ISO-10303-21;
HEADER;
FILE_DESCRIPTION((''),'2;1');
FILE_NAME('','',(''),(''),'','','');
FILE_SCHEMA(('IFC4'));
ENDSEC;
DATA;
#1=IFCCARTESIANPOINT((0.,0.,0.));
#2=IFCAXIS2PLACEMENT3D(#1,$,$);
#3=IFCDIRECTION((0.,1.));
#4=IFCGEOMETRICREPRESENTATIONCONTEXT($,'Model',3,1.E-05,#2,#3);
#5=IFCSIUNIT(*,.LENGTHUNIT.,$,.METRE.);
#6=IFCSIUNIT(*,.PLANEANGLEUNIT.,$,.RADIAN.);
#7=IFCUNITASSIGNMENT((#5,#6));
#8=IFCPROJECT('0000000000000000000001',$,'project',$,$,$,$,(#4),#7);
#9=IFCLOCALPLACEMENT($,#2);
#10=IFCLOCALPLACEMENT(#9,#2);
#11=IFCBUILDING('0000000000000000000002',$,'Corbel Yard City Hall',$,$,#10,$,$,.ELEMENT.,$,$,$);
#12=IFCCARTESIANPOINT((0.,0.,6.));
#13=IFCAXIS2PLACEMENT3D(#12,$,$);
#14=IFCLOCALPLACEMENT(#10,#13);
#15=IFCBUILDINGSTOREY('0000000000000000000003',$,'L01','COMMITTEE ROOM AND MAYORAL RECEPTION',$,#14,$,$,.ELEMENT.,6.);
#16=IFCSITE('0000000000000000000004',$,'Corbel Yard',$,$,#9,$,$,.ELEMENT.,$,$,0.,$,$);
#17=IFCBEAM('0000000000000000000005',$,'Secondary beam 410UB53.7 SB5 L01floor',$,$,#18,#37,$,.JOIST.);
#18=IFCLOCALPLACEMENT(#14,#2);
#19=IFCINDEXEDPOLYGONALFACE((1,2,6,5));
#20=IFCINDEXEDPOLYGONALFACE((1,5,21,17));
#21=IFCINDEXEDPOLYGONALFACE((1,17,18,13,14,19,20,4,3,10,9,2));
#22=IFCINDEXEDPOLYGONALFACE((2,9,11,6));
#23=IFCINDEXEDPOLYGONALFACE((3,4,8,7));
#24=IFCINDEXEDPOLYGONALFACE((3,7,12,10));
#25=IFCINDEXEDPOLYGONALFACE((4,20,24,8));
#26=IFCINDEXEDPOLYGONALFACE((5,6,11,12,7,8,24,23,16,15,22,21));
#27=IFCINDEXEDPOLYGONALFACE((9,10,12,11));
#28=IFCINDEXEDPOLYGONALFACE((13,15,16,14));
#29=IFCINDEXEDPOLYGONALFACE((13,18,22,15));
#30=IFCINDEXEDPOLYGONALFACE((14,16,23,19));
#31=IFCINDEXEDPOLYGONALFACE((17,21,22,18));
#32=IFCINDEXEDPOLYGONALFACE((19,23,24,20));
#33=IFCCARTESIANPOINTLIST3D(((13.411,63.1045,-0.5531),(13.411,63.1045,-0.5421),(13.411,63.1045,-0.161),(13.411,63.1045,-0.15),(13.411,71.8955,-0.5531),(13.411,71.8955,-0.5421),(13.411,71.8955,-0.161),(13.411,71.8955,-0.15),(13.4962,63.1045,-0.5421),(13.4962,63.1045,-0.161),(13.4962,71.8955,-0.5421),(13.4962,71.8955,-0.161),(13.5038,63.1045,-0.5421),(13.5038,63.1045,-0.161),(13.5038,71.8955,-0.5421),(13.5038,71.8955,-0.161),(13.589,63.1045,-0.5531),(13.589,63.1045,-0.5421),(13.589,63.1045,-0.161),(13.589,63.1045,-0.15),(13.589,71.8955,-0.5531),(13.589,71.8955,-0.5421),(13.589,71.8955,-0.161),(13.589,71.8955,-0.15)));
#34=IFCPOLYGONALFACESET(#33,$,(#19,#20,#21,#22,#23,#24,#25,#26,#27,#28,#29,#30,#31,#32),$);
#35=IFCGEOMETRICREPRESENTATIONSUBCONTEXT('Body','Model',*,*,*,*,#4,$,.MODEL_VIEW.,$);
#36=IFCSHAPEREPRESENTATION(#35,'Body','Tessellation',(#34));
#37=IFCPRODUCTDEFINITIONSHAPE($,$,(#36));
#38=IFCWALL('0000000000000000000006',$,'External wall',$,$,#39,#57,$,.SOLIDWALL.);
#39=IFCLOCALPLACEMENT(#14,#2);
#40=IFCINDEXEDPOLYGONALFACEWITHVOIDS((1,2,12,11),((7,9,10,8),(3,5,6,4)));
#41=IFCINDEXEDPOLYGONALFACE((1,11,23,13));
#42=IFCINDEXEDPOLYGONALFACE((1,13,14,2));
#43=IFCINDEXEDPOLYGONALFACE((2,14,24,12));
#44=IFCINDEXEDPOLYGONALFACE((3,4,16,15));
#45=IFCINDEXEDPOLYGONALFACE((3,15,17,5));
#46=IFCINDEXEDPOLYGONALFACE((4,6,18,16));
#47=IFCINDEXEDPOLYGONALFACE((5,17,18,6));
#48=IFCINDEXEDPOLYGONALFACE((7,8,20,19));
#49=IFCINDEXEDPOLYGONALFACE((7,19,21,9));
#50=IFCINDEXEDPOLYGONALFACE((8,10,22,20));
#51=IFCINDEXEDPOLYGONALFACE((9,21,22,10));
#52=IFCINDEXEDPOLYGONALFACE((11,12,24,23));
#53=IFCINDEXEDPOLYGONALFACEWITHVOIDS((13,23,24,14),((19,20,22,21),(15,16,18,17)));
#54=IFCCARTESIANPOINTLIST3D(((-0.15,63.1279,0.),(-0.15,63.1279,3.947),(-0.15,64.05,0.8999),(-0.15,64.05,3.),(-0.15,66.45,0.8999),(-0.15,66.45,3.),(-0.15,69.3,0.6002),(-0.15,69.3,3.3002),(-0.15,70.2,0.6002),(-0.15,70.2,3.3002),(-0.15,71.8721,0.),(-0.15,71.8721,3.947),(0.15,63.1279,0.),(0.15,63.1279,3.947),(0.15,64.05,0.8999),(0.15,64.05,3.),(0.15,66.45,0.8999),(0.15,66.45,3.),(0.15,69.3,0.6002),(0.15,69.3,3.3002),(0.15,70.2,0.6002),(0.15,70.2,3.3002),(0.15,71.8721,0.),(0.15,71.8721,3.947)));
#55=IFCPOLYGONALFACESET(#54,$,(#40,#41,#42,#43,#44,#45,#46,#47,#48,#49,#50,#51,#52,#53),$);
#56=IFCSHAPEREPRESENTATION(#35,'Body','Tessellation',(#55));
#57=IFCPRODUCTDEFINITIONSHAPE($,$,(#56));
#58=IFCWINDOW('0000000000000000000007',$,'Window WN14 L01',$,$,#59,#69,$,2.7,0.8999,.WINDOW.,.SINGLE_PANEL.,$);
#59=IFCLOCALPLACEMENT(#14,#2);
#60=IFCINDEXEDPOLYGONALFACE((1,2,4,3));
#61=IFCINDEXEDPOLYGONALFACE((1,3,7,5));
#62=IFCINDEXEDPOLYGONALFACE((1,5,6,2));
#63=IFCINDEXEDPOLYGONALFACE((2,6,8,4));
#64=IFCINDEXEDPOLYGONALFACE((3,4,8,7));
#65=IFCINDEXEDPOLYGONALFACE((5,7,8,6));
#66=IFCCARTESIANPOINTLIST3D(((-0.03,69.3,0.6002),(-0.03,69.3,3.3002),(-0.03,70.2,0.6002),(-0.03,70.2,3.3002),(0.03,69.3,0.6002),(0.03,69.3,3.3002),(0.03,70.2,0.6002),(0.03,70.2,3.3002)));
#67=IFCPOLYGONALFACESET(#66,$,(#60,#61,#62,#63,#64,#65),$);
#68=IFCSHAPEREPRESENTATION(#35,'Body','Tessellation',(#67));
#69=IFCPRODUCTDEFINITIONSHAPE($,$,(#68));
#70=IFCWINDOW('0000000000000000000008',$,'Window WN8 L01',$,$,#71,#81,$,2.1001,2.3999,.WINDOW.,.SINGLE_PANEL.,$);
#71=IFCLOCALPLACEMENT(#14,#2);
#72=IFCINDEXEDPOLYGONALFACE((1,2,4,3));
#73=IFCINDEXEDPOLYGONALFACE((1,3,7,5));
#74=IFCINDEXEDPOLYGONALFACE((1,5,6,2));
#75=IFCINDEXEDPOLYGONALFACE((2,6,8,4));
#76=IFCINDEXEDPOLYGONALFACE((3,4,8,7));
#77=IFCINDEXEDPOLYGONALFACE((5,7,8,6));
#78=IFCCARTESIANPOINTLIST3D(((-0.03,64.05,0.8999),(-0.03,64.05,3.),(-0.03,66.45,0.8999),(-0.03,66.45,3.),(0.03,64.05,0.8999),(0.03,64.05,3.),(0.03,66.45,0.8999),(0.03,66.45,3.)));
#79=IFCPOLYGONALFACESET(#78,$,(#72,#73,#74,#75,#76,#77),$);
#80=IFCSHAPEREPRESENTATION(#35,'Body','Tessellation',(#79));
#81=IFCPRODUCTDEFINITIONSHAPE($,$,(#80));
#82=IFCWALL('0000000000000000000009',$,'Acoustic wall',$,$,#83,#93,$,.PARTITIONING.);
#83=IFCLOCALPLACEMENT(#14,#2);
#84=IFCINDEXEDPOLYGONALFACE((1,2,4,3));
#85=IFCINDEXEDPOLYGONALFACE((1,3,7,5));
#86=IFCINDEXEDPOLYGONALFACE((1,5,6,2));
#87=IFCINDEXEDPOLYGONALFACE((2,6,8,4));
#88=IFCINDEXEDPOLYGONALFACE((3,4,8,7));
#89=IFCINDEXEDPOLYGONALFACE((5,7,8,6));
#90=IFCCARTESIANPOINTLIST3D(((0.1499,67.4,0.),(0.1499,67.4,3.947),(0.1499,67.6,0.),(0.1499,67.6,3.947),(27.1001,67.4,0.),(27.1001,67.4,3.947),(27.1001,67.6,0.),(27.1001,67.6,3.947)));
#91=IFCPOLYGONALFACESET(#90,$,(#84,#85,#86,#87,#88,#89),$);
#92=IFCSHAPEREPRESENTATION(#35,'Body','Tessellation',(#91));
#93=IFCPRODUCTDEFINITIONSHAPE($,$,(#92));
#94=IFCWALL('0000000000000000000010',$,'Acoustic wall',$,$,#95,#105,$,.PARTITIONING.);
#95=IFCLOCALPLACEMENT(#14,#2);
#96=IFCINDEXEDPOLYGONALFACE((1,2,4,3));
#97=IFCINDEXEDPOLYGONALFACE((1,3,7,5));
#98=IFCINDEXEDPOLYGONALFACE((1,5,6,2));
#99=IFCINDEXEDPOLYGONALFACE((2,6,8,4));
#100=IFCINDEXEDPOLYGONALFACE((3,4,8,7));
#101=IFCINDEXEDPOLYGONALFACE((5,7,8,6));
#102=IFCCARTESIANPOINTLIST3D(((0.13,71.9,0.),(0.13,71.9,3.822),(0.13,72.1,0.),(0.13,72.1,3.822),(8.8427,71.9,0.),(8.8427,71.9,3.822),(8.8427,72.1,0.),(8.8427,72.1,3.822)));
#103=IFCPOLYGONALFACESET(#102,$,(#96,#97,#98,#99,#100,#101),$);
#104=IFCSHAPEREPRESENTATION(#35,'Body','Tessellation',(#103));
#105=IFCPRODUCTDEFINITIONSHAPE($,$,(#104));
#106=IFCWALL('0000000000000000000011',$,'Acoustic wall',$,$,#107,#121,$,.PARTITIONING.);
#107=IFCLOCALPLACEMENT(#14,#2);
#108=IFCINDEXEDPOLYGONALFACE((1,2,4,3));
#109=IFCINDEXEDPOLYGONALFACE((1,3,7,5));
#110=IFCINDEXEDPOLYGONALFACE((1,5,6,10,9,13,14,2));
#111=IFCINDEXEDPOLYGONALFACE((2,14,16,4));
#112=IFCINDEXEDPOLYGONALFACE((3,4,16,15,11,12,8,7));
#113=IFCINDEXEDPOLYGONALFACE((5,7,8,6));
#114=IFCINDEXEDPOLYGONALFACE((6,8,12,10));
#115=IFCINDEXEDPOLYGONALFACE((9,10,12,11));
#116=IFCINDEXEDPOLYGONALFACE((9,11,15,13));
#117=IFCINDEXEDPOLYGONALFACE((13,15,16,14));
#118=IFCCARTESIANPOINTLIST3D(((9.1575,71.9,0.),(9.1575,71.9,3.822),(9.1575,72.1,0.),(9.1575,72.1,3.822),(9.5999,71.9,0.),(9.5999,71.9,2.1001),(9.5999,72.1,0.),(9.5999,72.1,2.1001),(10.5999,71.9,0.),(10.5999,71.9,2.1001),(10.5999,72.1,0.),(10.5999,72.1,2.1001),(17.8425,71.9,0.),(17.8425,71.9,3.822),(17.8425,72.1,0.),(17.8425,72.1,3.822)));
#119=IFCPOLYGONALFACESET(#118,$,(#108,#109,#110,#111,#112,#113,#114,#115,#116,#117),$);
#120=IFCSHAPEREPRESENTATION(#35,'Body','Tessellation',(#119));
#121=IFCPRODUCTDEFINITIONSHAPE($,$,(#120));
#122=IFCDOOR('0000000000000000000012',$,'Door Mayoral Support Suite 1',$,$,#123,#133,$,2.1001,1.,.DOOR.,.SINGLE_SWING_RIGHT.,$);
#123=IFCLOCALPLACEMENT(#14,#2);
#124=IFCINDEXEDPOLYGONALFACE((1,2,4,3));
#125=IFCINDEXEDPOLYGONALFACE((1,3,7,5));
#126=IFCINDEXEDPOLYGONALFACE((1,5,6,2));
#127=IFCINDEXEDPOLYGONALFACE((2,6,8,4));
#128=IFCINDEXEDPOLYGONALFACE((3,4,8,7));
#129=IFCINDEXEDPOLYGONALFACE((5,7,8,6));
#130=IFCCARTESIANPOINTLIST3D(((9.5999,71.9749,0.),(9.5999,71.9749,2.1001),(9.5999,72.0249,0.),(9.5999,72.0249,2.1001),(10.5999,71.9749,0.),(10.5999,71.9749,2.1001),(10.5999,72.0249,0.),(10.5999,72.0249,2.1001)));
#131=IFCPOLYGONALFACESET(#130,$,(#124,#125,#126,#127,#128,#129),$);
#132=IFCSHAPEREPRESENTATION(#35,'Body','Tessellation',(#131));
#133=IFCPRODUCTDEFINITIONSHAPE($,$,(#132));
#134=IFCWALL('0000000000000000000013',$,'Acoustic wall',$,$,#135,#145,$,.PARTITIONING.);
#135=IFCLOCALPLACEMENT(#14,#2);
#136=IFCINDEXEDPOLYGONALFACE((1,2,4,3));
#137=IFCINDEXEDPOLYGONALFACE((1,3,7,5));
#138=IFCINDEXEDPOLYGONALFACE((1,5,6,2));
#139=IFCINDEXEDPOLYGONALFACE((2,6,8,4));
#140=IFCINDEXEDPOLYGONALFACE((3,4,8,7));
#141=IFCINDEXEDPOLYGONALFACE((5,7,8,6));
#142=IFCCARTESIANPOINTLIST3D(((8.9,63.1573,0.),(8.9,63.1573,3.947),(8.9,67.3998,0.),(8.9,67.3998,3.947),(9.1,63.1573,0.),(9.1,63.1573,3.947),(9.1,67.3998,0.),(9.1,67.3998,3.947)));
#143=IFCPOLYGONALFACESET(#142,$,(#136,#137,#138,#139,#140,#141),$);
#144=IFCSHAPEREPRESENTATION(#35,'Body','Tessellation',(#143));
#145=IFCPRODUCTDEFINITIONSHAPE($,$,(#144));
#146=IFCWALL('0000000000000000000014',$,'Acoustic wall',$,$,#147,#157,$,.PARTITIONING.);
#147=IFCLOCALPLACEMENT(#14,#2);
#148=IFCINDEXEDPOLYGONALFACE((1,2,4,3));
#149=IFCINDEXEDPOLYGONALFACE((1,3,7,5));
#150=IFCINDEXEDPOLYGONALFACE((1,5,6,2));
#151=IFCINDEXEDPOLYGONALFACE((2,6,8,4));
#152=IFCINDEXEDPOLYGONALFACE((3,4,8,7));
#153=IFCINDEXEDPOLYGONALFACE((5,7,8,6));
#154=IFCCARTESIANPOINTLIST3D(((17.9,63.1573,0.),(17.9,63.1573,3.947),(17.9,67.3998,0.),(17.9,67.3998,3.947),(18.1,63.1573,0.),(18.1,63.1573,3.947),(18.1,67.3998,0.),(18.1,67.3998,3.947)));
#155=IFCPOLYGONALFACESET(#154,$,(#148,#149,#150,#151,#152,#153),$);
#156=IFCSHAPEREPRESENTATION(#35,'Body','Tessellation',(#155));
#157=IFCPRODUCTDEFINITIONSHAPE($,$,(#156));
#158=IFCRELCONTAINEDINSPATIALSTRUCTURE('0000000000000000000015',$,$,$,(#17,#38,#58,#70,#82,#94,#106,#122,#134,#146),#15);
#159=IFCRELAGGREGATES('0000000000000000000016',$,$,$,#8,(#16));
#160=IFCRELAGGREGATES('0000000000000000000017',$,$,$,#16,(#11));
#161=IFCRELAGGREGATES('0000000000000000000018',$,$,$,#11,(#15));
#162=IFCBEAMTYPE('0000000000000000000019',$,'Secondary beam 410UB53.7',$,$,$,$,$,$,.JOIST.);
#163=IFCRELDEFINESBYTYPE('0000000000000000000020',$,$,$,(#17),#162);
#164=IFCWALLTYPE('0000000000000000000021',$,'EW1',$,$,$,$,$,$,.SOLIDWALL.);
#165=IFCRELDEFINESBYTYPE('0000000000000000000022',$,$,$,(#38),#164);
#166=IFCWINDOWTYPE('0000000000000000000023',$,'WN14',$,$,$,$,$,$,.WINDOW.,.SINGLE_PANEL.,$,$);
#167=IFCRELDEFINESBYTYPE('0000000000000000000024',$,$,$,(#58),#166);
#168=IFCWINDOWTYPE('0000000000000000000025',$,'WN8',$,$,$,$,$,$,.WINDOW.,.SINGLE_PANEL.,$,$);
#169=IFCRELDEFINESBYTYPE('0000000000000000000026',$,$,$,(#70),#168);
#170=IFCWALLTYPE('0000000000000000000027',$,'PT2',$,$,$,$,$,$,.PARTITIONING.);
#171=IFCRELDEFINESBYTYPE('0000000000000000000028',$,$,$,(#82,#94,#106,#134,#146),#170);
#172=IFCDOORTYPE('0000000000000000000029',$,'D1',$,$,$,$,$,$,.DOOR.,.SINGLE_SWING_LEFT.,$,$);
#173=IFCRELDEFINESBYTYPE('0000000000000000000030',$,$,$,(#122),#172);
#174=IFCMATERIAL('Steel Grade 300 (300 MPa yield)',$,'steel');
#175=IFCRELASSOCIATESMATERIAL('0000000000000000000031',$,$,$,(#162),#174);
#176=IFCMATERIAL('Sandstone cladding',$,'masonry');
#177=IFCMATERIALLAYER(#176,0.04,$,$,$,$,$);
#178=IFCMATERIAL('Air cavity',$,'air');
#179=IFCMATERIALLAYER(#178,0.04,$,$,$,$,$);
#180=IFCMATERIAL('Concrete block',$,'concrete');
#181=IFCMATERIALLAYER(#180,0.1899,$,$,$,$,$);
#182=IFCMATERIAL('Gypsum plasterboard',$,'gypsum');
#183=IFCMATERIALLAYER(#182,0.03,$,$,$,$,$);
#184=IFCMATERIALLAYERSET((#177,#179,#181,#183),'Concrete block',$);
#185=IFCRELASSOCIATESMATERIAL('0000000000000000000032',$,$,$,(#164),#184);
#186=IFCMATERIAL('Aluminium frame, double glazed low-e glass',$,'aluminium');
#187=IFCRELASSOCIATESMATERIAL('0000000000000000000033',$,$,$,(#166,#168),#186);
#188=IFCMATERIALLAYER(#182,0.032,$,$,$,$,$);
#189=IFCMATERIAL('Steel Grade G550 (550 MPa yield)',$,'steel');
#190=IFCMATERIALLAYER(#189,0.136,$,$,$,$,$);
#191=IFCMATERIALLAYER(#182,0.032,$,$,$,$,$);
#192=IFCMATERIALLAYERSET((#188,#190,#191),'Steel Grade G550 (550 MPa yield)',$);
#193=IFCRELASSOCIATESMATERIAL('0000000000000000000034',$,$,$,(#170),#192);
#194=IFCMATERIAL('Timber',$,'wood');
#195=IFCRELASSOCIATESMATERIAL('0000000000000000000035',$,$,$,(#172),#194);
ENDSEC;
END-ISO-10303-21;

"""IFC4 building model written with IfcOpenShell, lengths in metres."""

from ifc_helpers import new_model, si_unit, direction, frame, frame_2d, origin, origin_2d, place, context, subcontext, project, spatial, rectangle, i_section, extrude, material, layer, layer_set, material_profile, profile_set, type_object, element, fill, save


model = new_model("IFC4")

# Units and contexts
model_context = context("Model", 3, precision=1e-05, world=origin(), true_north=direction((0.0, 1.0)))
body_context = subcontext(model_context, "Body", "Model", "MODEL_VIEW")
ifc_project = project(units=[si_unit("LENGTHUNIT", "METRE"), si_unit("PLANEANGLEUNIT", "RADIAN")], contexts=[model_context])

# Site, building, storey
site_placement = place(None, origin())
site = spatial("IfcSite", under=ifc_project, at=site_placement, Name="Corbel Yard", CompositionType="ELEMENT", RefElevation=0.0)
building_placement = place(site_placement, origin())
building = spatial("IfcBuilding", under=site, at=building_placement, Name="Corbel Yard City Hall", CompositionType="ELEMENT")
storey_placement = place(building_placement, frame((0.0, 0.0, 6.0)))
storey = spatial("IfcBuildingStorey", under=building, at=storey_placement, Name="L01", Description="COMMITTEE ROOM AND MAYORAL RECEPTION", CompositionType="ELEMENT", Elevation=6.0)

# Shared definitions
ifc_material_1 = material(Name="Steel Grade 300 (300 MPa yield)", Category="steel")

# Beam
ifc_material_profile_1 = material_profile(ifc_material_1, i_section(OverallWidth=0.178, OverallDepth=0.4031, WebThickness=0.0076, FlangeThickness=0.011, at=origin_2d()), Name="410UB53.7")
ifc_profile_set_1 = profile_set([ifc_material_profile_1], Name="Steel Grade 300 (300 MPa yield)")
beam_type_1 = type_object("IfcBeamType", Name="Secondary beam 410UB53.7", PredefinedType="JOIST", material=ifc_profile_set_1)
for number, where, z_axis, x_axis, name in (
    (1, (13.5, 63.1045, -0.3516), (0.0, 1.0, 0.0), (-1.0, 0.0, 0.0), "Secondary beam 410UB53.7 SB5 L01floor"),
):
    element("IfcBeam", number, at=place(storey_placement, frame(where, z_axis=z_axis, x_axis=x_axis)), inside=storey, type_object=beam_type_1, Name=name, PredefinedType="JOIST", context=body_context, shape_type="SweptSolid", body=[
        extrude(i_section(OverallWidth=0.178, OverallDepth=0.4031, WebThickness=0.0076, FlangeThickness=0.011, at=origin_2d()), origin(), (0.0, 0.0, 1.0), 8.791),
    ])

# Wall, openings, windows
ifc_material_2 = material(Name="Sandstone cladding", Category="masonry")
ifc_layer_1 = layer(ifc_material_2, 0.04)
ifc_material_3 = material(Name="Air cavity", Category="air")
ifc_layer_2 = layer(ifc_material_3, 0.04)
ifc_material_4 = material(Name="Concrete block", Category="concrete")
ifc_layer_3 = layer(ifc_material_4, 0.1899)
ifc_material_5 = material(Name="Gypsum plasterboard", Category="gypsum")
ifc_layer_4 = layer(ifc_material_5, 0.03)
ifc_layer_set_1 = layer_set([ifc_layer_1, ifc_layer_2, ifc_layer_3, ifc_layer_4], Name="Concrete block")
wall_type_1 = type_object("IfcWallType", Name="EW1", PredefinedType="SOLIDWALL", material=ifc_layer_set_1)
wall_1_placement = place(storey_placement, frame((0.0, 63.1279, 0.0), z_axis=(0.0, 0.0, 1.0), x_axis=(0.0, 1.0, 0.0)))
wall_1 = element("IfcWall", 2, at=wall_1_placement, inside=storey, type_object=wall_type_1, Name="External wall", PredefinedType="SOLIDWALL", context=body_context, shape_type="SweptSolid", body=[
    extrude(rectangle(XDim=8.7441, YDim=0.3, at=frame_2d((4.3721, 0.0))), origin(), (0.0, 0.0, 1.0), 3.947),
])
opening_1_placement = place(wall_1_placement, frame((0.9221, 0.0, 0.8999)))
opening_1 = element("IfcOpeningElement", 3, at=opening_1_placement, cuts=wall_1, PredefinedType="OPENING", context=body_context, shape_type="SweptSolid", body=[
    extrude(rectangle(XDim=2.3999, YDim=2.1001, at=frame_2d((1.2, 1.05))), frame((0.0, 0.1599, 0.0), z_axis=(0.0, -1.0, 0.0), x_axis=(1.0, 0.0, 0.0)), (0.0, 0.0, 1.0), 0.3201),
])
opening_2_placement = place(wall_1_placement, frame((6.1721, 0.0, 0.6001)))
opening_2 = element("IfcOpeningElement", 4, at=opening_2_placement, cuts=wall_1, PredefinedType="OPENING", context=body_context, shape_type="SweptSolid", body=[
    extrude(rectangle(XDim=0.8999, YDim=2.7, at=frame_2d((0.45, 1.3501))), frame((0.0, 0.1599, 0.0), z_axis=(0.0, -1.0, 0.0), x_axis=(1.0, 0.0, 0.0)), (0.0, 0.0, 1.0), 0.3201),
])
ifc_material_6 = material(Name="Aluminium frame, double glazed low-e glass", Category="aluminium")
window_type_1 = type_object("IfcWindowType", Name="WN14", PartitioningType="SINGLE_PANEL", PredefinedType="WINDOW", material=ifc_material_6)
window_1_placement = place(opening_2_placement, origin())
window_1 = element("IfcWindow", 5, at=window_1_placement, inside=storey, type_object=window_type_1, Name="Window WN14 L01", OverallHeight=2.7, OverallWidth=0.8999, PartitioningType="SINGLE_PANEL", PredefinedType="WINDOW", context=body_context, shape_type="SweptSolid", body=[
    extrude(rectangle(XDim=0.8999, YDim=2.7, at=frame_2d((0.45, 1.3501))), frame((0.0, 0.03, 0.0), z_axis=(0.0, -1.0, 0.0), x_axis=(1.0, 0.0, 0.0)), (0.0, 0.0, 1.0), 0.0601),
])
fill(opening_2, window_1)
window_type_2 = type_object("IfcWindowType", Name="WN8", PartitioningType="SINGLE_PANEL", PredefinedType="WINDOW", material=ifc_material_6)
window_2_placement = place(opening_1_placement, origin())
window_2 = element("IfcWindow", 6, at=window_2_placement, inside=storey, type_object=window_type_2, Name="Window WN8 L01", OverallHeight=2.1001, OverallWidth=2.3999, PartitioningType="SINGLE_PANEL", PredefinedType="WINDOW", context=body_context, shape_type="SweptSolid", body=[
    extrude(rectangle(XDim=2.3999, YDim=2.1001, at=frame_2d((1.2, 1.05))), frame((0.0, 0.03, 0.0), z_axis=(0.0, -1.0, 0.0), x_axis=(1.0, 0.0, 0.0)), (0.0, 0.0, 1.0), 0.0601),
])
fill(opening_1, window_2)

# Walls
ifc_layer_5 = layer(ifc_material_5, 0.032)
ifc_material_7 = material(Name="Steel Grade G550 (550 MPa yield)", Category="steel")
ifc_layer_6 = layer(ifc_material_7, 0.136)
ifc_layer_7 = layer(ifc_material_5, 0.032)
ifc_layer_set_2 = layer_set([ifc_layer_5, ifc_layer_6, ifc_layer_7], Name="Steel Grade G550 (550 MPa yield)")
wall_type_2 = type_object("IfcWallType", Name="PT2", PredefinedType="PARTITIONING", material=ifc_layer_set_2)
wall_2_placement = place(storey_placement, frame((0.1499, 67.5, 0.0), z_axis=(0.0, 0.0, 1.0), x_axis=(1.0, 0.0, 0.0)))
element("IfcWall", 7, at=wall_2_placement, inside=storey, type_object=wall_type_2, Name="Acoustic wall", PredefinedType="PARTITIONING", context=body_context, shape_type="SweptSolid", body=[
    extrude(rectangle(XDim=26.9502, YDim=0.2, at=frame_2d((13.4751, 0.0))), origin(), (0.0, 0.0, 1.0), 3.947),
])
wall_3_placement = place(storey_placement, frame((0.1299, 72.0, 0.0), z_axis=(0.0, 0.0, 1.0), x_axis=(1.0, 0.0, 0.0)))
element("IfcWall", 8, at=wall_3_placement, inside=storey, type_object=wall_type_2, Name="Acoustic wall", PredefinedType="PARTITIONING", context=body_context, shape_type="SweptSolid", body=[
    extrude(rectangle(XDim=8.7126, YDim=0.2, at=frame_2d((4.3564, 0.0))), origin(), (0.0, 0.0, 1.0), 3.822),
])

# Wall, opening, door
wall_4_placement = place(storey_placement, frame((9.1575, 72.0, 0.0), z_axis=(0.0, 0.0, 1.0), x_axis=(1.0, 0.0, 0.0)))
wall_4 = element("IfcWall", 9, at=wall_4_placement, inside=storey, type_object=wall_type_2, Name="Acoustic wall", PredefinedType="PARTITIONING", context=body_context, shape_type="SweptSolid", body=[
    extrude(rectangle(XDim=8.6851, YDim=0.2, at=frame_2d((4.3425, 0.0))), origin(), (0.0, 0.0, 1.0), 3.822),
])
opening_3_placement = place(wall_4_placement, frame((0.4424, 0.0, 0.0)))
opening_3 = element("IfcOpeningElement", 10, at=opening_3_placement, cuts=wall_4, PredefinedType="OPENING", context=body_context, shape_type="SweptSolid", body=[
    extrude(rectangle(XDim=1.0, YDim=2.1001, at=frame_2d((0.5, 1.05))), frame((0.0, 0.1099, 0.0), z_axis=(0.0, -1.0, 0.0), x_axis=(1.0, 0.0, 0.0)), (0.0, 0.0, 1.0), 0.22),
])
ifc_material_8 = material(Name="Timber", Category="wood")
door_type = type_object("IfcDoorType", Name="D1", OperationType="SINGLE_SWING_LEFT", PredefinedType="DOOR", material=ifc_material_8)
door_placement = place(opening_3_placement, origin())
door = element("IfcDoor", 11, at=door_placement, inside=storey, type_object=door_type, Name="Door Mayoral Support Suite 1", OperationType="SINGLE_SWING_RIGHT", OverallHeight=2.1001, OverallWidth=1.0, PredefinedType="DOOR", context=body_context, shape_type="SweptSolid", body=[
    extrude(rectangle(XDim=1.0, YDim=2.1001, at=frame_2d((0.5, 1.05))), frame((0.0, 0.0249, 0.0), z_axis=(0.0, -1.0, 0.0), x_axis=(1.0, 0.0, 0.0)), (0.0, 0.0, 1.0), 0.05),
])
fill(opening_3, door)

# Walls
for number, where, z_axis, x_axis, name in (
    (12, (9.0, 63.1575, 0.0), (0.0, 0.0, 1.0), (0.0, 1.0, 0.0), "Acoustic wall"),
    (13, (18.0, 63.1575, 0.0), (0.0, 0.0, 1.0), (0.0, 1.0, 0.0), "Acoustic wall"),
):
    element("IfcWall", number, at=place(storey_placement, frame(where, z_axis=z_axis, x_axis=x_axis)), inside=storey, type_object=wall_type_2, Name=name, PredefinedType="PARTITIONING", context=body_context, shape_type="SweptSolid", body=[
        extrude(rectangle(XDim=4.2424, YDim=0.2, at=frame_2d((2.1211, 0.0))), origin(), (0.0, 0.0, 1.0), 3.947),
    ])

save(model, "model.ifc")
